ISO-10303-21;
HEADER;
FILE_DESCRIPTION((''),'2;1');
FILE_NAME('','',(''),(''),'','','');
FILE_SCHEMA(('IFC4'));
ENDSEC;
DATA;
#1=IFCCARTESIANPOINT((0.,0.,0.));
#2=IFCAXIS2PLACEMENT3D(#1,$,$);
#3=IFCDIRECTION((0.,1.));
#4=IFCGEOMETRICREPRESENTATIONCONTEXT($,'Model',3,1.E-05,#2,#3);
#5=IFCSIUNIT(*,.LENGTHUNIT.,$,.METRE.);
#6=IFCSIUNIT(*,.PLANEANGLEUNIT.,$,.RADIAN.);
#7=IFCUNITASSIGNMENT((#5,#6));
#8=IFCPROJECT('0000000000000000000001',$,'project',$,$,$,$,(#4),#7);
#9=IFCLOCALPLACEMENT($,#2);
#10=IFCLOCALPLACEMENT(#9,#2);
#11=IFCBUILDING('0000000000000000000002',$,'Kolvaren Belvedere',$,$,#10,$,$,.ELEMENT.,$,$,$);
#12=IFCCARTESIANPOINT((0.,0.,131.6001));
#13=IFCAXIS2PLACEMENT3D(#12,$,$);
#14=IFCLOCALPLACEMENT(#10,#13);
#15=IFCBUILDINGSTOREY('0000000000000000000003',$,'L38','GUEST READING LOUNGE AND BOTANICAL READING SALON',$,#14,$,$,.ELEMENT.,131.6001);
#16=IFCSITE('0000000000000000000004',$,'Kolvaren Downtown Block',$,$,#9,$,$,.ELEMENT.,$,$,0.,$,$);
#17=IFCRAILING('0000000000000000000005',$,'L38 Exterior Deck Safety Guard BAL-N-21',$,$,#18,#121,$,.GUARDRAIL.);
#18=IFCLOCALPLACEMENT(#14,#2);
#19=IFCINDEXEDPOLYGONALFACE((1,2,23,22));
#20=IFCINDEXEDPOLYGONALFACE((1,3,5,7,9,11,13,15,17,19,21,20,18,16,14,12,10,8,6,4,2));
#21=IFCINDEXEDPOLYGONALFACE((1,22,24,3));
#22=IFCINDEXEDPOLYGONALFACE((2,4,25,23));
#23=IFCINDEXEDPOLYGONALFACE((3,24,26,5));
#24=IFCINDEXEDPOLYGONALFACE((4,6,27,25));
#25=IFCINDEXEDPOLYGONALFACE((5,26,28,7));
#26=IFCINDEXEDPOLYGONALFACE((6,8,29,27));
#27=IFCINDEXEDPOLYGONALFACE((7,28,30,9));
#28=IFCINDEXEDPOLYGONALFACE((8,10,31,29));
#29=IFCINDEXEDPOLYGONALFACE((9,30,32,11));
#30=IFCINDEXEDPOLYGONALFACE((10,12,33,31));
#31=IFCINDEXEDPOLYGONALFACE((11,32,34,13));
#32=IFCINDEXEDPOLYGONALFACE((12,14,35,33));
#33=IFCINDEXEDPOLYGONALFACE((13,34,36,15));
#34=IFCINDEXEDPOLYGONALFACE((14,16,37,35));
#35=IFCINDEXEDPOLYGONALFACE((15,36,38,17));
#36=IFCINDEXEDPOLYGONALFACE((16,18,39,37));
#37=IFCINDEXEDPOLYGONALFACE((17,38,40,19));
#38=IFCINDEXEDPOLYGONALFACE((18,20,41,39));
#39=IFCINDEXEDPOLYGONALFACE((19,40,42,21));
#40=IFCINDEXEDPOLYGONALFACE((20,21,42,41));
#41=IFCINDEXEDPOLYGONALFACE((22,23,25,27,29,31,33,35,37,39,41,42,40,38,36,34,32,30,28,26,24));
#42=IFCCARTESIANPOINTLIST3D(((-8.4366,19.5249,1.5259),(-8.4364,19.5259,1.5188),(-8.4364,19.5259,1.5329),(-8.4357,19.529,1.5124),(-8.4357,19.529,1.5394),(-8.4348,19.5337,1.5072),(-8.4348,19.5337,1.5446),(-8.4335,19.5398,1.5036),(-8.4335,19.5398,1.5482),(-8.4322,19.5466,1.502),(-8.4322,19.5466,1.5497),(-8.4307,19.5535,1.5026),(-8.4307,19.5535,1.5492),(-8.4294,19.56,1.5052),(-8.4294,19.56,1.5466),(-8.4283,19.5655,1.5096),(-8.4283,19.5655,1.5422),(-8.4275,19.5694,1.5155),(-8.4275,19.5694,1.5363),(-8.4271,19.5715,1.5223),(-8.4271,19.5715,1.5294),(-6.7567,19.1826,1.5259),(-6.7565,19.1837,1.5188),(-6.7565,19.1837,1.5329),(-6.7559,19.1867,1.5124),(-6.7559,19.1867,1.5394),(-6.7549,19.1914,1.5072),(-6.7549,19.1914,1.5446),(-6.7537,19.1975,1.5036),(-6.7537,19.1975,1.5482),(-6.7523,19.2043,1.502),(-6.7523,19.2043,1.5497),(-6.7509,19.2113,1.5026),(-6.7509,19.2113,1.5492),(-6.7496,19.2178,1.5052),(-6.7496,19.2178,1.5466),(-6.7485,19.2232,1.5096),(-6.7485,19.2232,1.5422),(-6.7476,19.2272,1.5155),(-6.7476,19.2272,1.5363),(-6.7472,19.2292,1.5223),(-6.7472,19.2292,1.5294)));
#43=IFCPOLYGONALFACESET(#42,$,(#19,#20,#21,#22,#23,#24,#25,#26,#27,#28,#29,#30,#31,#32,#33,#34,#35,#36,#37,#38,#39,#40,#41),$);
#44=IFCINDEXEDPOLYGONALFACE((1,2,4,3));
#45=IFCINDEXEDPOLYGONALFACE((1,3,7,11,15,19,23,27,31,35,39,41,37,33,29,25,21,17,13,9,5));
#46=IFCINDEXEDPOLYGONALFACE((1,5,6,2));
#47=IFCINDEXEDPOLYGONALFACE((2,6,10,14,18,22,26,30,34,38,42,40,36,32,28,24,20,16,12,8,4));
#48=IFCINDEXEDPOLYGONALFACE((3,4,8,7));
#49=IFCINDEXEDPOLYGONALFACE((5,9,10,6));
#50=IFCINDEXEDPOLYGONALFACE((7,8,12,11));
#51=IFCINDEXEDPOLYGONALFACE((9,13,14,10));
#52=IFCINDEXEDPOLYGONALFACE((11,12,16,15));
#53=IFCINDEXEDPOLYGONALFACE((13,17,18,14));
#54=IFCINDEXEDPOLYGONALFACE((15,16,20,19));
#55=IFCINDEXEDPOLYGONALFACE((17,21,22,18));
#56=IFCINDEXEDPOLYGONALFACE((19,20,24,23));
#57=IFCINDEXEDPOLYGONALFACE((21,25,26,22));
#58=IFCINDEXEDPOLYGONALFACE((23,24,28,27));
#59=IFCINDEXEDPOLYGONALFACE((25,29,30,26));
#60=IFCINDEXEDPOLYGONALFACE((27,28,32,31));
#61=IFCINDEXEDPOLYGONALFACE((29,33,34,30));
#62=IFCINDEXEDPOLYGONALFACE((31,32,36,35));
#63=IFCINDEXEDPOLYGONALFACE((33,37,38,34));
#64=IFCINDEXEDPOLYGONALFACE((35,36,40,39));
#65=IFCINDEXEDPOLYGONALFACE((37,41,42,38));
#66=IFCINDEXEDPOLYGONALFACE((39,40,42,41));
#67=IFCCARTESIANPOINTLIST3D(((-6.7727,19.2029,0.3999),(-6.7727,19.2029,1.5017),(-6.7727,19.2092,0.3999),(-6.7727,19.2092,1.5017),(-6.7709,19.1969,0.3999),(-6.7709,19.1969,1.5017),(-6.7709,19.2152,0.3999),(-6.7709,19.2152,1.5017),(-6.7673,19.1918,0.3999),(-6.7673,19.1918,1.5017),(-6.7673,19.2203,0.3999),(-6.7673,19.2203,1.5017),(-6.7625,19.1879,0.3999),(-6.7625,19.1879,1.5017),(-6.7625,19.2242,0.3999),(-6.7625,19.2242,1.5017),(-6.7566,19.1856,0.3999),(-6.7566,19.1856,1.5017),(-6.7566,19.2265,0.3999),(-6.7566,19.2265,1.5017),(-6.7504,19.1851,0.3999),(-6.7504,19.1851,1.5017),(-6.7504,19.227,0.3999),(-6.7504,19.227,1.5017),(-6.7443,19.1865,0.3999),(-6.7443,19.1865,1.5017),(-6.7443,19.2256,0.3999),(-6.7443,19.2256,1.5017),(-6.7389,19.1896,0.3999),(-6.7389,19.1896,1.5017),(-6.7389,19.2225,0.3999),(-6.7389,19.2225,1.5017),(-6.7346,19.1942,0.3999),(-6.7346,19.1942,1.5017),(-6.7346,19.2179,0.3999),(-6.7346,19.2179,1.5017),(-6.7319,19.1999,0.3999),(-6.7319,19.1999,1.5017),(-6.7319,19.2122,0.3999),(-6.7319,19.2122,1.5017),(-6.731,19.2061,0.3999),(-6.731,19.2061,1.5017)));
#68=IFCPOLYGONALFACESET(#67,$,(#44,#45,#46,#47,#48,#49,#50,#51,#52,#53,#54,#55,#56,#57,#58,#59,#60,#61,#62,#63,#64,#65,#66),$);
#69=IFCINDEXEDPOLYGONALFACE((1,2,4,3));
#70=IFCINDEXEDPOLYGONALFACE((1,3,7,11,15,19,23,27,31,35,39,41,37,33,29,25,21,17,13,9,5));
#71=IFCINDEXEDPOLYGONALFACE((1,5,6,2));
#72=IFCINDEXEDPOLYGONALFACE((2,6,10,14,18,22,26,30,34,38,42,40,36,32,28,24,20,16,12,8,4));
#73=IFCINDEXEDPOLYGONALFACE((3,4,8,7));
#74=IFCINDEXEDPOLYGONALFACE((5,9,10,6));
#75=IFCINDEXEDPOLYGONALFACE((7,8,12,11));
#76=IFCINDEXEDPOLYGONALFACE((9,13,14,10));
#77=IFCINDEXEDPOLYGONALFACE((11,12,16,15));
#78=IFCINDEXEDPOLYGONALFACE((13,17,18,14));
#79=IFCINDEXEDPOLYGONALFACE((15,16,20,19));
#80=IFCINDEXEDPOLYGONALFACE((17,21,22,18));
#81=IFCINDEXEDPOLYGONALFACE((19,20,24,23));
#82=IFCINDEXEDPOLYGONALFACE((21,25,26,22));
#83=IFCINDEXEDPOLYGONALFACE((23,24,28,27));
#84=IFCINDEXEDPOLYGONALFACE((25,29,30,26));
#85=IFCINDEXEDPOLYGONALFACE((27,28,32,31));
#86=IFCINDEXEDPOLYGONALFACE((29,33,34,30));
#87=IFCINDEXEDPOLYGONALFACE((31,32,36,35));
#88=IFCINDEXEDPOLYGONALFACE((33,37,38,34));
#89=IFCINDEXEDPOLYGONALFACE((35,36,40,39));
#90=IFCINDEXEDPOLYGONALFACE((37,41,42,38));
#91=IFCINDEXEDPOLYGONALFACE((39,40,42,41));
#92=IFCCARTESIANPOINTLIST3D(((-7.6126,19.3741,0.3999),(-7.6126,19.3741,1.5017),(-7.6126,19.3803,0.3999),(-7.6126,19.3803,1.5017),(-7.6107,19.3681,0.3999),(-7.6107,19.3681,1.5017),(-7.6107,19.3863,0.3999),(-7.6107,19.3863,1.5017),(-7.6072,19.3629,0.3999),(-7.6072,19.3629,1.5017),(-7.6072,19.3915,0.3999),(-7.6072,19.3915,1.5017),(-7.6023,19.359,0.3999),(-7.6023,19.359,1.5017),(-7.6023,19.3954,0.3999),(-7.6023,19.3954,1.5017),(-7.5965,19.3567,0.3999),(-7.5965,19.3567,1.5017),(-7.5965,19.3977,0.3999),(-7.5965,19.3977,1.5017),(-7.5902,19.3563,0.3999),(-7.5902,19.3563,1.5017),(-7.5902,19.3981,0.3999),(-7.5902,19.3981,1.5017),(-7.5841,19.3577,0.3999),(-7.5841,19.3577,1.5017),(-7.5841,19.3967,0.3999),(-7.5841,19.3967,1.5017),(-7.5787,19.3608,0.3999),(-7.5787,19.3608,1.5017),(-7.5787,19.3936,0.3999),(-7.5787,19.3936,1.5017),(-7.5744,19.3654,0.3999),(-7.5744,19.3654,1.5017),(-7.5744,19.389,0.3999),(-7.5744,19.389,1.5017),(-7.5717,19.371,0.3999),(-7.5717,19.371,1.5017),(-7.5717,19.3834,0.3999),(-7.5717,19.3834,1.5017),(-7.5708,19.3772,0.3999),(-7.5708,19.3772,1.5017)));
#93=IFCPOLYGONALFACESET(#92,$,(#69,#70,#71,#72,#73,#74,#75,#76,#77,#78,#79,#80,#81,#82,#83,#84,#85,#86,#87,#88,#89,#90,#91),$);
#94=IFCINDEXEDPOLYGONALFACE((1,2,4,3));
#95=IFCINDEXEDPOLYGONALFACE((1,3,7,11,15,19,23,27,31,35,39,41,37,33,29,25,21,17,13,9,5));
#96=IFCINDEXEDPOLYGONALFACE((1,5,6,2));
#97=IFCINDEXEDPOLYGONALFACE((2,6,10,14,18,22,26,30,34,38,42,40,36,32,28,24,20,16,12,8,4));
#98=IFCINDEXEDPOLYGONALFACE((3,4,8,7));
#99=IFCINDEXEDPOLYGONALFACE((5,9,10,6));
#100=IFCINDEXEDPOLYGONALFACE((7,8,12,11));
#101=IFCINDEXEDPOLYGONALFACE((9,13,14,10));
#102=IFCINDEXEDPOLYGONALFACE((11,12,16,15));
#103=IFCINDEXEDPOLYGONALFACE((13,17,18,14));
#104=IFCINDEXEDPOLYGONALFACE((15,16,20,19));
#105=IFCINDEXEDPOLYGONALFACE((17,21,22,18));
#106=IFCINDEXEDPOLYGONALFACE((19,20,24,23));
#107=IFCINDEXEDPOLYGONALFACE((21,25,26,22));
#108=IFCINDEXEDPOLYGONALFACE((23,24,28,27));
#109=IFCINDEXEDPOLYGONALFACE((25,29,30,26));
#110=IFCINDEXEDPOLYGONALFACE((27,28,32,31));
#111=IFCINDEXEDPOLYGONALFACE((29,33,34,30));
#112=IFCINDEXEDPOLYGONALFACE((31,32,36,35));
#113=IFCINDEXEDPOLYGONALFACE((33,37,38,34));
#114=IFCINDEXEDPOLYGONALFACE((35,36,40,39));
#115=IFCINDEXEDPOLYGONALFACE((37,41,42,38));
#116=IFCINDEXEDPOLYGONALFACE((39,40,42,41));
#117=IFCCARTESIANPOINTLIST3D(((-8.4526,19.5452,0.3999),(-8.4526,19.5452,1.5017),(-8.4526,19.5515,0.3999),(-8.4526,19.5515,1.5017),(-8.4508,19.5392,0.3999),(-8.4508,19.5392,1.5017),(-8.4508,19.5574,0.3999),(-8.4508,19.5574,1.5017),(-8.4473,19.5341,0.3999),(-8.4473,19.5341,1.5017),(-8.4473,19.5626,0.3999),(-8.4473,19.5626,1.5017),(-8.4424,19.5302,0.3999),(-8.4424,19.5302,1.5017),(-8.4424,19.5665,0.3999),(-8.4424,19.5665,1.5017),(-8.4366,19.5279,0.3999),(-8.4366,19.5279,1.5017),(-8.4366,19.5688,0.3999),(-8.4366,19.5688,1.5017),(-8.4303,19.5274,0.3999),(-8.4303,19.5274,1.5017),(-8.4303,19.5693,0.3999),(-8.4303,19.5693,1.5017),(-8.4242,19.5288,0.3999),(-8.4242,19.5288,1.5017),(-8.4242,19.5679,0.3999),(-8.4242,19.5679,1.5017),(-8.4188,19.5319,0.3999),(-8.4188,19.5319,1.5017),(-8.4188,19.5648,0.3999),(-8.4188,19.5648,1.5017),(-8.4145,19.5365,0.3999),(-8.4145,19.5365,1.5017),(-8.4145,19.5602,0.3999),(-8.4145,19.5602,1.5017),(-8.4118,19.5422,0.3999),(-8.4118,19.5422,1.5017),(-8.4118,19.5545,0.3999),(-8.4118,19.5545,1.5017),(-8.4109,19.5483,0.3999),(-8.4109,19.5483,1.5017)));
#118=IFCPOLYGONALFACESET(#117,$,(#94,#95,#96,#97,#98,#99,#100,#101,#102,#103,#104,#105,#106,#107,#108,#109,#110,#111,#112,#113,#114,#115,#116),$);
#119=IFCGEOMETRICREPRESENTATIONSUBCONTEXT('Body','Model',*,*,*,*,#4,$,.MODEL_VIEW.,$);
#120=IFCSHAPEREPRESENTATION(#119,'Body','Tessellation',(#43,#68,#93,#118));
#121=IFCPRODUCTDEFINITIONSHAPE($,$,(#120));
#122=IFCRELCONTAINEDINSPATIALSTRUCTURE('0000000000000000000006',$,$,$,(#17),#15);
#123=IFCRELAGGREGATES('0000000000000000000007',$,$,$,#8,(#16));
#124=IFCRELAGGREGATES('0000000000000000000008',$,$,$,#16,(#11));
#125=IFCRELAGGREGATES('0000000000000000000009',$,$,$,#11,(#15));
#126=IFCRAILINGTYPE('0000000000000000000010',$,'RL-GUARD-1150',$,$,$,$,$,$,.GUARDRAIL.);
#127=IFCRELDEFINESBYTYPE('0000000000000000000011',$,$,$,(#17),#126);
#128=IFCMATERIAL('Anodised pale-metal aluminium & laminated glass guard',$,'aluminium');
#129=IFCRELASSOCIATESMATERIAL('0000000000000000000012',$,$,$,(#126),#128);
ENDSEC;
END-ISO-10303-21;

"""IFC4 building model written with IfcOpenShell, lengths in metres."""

from ifc_helpers import new_model, si_unit, direction, frame, origin, origin_2d, place, context, subcontext, project, spatial, circle, extrude, material, type_object, element, save


model = new_model("IFC4")

# Units and contexts
model_context = context("Model", 3, precision=1e-05, world=origin(), true_north=direction((0.0, 1.0)))
body_context = subcontext(model_context, "Body", "Model", "MODEL_VIEW")
ifc_project = project(units=[si_unit("LENGTHUNIT", "METRE"), si_unit("PLANEANGLEUNIT", "RADIAN")], contexts=[model_context])

# Site, building, storey
site_placement = place(None, origin())
site = spatial("IfcSite", under=ifc_project, at=site_placement, Name="Kolvaren Downtown Block", CompositionType="ELEMENT", RefElevation=0.0)
building_placement = place(site_placement, origin())
building = spatial("IfcBuilding", under=site, at=building_placement, Name="Kolvaren Belvedere", CompositionType="ELEMENT")
storey_placement = place(building_placement, frame((0.0, 0.0, 131.6001)))
storey = spatial("IfcBuildingStorey", under=building, at=storey_placement, Name="L38", Description="GUEST READING LOUNGE AND BOTANICAL READING SALON", CompositionType="ELEMENT", Elevation=131.6001)

# Railing
ifc_material_1 = material(Name="Anodised pale-metal aluminium & laminated glass guard", Category="aluminium")
railing_type = type_object("IfcRailingType", Name="RL-GUARD-1150", PredefinedType="GUARDRAIL", material=ifc_material_1)
railing_1_placement = place(storey_placement, frame((-6.752, 19.2061, 0.3999)))
element("IfcRailing", 1, at=railing_1_placement, inside=storey, type_object=railing_type, Name="L38 Exterior Deck Safety Guard BAL-N-21", PredefinedType="GUARDRAIL", context=body_context, shape_type="SweptSolid", body=[
    extrude(circle(Radius=0.0239, at=origin_2d()), frame((0.0, 0.0, 1.126), z_axis=(-0.979868, 0.199648, 0.0), x_axis=(-0.199648, -0.979868, 0.0)), (0.0, 0.0, 1.0), 1.7144),
    extrude(circle(Radius=0.021, at=origin_2d()), origin(), (0.0, 0.0, 1.0), 1.1018),
    extrude(circle(Radius=0.021, at=origin_2d()), frame((-0.8398, 0.1711, 0.0)), (0.0, 0.0, 1.0), 1.1018),
    extrude(circle(Radius=0.021, at=origin_2d()), frame((-1.6799, 0.3423, 0.0)), (0.0, 0.0, 1.0), 1.1018),
])

save(model, "model.ifc")
